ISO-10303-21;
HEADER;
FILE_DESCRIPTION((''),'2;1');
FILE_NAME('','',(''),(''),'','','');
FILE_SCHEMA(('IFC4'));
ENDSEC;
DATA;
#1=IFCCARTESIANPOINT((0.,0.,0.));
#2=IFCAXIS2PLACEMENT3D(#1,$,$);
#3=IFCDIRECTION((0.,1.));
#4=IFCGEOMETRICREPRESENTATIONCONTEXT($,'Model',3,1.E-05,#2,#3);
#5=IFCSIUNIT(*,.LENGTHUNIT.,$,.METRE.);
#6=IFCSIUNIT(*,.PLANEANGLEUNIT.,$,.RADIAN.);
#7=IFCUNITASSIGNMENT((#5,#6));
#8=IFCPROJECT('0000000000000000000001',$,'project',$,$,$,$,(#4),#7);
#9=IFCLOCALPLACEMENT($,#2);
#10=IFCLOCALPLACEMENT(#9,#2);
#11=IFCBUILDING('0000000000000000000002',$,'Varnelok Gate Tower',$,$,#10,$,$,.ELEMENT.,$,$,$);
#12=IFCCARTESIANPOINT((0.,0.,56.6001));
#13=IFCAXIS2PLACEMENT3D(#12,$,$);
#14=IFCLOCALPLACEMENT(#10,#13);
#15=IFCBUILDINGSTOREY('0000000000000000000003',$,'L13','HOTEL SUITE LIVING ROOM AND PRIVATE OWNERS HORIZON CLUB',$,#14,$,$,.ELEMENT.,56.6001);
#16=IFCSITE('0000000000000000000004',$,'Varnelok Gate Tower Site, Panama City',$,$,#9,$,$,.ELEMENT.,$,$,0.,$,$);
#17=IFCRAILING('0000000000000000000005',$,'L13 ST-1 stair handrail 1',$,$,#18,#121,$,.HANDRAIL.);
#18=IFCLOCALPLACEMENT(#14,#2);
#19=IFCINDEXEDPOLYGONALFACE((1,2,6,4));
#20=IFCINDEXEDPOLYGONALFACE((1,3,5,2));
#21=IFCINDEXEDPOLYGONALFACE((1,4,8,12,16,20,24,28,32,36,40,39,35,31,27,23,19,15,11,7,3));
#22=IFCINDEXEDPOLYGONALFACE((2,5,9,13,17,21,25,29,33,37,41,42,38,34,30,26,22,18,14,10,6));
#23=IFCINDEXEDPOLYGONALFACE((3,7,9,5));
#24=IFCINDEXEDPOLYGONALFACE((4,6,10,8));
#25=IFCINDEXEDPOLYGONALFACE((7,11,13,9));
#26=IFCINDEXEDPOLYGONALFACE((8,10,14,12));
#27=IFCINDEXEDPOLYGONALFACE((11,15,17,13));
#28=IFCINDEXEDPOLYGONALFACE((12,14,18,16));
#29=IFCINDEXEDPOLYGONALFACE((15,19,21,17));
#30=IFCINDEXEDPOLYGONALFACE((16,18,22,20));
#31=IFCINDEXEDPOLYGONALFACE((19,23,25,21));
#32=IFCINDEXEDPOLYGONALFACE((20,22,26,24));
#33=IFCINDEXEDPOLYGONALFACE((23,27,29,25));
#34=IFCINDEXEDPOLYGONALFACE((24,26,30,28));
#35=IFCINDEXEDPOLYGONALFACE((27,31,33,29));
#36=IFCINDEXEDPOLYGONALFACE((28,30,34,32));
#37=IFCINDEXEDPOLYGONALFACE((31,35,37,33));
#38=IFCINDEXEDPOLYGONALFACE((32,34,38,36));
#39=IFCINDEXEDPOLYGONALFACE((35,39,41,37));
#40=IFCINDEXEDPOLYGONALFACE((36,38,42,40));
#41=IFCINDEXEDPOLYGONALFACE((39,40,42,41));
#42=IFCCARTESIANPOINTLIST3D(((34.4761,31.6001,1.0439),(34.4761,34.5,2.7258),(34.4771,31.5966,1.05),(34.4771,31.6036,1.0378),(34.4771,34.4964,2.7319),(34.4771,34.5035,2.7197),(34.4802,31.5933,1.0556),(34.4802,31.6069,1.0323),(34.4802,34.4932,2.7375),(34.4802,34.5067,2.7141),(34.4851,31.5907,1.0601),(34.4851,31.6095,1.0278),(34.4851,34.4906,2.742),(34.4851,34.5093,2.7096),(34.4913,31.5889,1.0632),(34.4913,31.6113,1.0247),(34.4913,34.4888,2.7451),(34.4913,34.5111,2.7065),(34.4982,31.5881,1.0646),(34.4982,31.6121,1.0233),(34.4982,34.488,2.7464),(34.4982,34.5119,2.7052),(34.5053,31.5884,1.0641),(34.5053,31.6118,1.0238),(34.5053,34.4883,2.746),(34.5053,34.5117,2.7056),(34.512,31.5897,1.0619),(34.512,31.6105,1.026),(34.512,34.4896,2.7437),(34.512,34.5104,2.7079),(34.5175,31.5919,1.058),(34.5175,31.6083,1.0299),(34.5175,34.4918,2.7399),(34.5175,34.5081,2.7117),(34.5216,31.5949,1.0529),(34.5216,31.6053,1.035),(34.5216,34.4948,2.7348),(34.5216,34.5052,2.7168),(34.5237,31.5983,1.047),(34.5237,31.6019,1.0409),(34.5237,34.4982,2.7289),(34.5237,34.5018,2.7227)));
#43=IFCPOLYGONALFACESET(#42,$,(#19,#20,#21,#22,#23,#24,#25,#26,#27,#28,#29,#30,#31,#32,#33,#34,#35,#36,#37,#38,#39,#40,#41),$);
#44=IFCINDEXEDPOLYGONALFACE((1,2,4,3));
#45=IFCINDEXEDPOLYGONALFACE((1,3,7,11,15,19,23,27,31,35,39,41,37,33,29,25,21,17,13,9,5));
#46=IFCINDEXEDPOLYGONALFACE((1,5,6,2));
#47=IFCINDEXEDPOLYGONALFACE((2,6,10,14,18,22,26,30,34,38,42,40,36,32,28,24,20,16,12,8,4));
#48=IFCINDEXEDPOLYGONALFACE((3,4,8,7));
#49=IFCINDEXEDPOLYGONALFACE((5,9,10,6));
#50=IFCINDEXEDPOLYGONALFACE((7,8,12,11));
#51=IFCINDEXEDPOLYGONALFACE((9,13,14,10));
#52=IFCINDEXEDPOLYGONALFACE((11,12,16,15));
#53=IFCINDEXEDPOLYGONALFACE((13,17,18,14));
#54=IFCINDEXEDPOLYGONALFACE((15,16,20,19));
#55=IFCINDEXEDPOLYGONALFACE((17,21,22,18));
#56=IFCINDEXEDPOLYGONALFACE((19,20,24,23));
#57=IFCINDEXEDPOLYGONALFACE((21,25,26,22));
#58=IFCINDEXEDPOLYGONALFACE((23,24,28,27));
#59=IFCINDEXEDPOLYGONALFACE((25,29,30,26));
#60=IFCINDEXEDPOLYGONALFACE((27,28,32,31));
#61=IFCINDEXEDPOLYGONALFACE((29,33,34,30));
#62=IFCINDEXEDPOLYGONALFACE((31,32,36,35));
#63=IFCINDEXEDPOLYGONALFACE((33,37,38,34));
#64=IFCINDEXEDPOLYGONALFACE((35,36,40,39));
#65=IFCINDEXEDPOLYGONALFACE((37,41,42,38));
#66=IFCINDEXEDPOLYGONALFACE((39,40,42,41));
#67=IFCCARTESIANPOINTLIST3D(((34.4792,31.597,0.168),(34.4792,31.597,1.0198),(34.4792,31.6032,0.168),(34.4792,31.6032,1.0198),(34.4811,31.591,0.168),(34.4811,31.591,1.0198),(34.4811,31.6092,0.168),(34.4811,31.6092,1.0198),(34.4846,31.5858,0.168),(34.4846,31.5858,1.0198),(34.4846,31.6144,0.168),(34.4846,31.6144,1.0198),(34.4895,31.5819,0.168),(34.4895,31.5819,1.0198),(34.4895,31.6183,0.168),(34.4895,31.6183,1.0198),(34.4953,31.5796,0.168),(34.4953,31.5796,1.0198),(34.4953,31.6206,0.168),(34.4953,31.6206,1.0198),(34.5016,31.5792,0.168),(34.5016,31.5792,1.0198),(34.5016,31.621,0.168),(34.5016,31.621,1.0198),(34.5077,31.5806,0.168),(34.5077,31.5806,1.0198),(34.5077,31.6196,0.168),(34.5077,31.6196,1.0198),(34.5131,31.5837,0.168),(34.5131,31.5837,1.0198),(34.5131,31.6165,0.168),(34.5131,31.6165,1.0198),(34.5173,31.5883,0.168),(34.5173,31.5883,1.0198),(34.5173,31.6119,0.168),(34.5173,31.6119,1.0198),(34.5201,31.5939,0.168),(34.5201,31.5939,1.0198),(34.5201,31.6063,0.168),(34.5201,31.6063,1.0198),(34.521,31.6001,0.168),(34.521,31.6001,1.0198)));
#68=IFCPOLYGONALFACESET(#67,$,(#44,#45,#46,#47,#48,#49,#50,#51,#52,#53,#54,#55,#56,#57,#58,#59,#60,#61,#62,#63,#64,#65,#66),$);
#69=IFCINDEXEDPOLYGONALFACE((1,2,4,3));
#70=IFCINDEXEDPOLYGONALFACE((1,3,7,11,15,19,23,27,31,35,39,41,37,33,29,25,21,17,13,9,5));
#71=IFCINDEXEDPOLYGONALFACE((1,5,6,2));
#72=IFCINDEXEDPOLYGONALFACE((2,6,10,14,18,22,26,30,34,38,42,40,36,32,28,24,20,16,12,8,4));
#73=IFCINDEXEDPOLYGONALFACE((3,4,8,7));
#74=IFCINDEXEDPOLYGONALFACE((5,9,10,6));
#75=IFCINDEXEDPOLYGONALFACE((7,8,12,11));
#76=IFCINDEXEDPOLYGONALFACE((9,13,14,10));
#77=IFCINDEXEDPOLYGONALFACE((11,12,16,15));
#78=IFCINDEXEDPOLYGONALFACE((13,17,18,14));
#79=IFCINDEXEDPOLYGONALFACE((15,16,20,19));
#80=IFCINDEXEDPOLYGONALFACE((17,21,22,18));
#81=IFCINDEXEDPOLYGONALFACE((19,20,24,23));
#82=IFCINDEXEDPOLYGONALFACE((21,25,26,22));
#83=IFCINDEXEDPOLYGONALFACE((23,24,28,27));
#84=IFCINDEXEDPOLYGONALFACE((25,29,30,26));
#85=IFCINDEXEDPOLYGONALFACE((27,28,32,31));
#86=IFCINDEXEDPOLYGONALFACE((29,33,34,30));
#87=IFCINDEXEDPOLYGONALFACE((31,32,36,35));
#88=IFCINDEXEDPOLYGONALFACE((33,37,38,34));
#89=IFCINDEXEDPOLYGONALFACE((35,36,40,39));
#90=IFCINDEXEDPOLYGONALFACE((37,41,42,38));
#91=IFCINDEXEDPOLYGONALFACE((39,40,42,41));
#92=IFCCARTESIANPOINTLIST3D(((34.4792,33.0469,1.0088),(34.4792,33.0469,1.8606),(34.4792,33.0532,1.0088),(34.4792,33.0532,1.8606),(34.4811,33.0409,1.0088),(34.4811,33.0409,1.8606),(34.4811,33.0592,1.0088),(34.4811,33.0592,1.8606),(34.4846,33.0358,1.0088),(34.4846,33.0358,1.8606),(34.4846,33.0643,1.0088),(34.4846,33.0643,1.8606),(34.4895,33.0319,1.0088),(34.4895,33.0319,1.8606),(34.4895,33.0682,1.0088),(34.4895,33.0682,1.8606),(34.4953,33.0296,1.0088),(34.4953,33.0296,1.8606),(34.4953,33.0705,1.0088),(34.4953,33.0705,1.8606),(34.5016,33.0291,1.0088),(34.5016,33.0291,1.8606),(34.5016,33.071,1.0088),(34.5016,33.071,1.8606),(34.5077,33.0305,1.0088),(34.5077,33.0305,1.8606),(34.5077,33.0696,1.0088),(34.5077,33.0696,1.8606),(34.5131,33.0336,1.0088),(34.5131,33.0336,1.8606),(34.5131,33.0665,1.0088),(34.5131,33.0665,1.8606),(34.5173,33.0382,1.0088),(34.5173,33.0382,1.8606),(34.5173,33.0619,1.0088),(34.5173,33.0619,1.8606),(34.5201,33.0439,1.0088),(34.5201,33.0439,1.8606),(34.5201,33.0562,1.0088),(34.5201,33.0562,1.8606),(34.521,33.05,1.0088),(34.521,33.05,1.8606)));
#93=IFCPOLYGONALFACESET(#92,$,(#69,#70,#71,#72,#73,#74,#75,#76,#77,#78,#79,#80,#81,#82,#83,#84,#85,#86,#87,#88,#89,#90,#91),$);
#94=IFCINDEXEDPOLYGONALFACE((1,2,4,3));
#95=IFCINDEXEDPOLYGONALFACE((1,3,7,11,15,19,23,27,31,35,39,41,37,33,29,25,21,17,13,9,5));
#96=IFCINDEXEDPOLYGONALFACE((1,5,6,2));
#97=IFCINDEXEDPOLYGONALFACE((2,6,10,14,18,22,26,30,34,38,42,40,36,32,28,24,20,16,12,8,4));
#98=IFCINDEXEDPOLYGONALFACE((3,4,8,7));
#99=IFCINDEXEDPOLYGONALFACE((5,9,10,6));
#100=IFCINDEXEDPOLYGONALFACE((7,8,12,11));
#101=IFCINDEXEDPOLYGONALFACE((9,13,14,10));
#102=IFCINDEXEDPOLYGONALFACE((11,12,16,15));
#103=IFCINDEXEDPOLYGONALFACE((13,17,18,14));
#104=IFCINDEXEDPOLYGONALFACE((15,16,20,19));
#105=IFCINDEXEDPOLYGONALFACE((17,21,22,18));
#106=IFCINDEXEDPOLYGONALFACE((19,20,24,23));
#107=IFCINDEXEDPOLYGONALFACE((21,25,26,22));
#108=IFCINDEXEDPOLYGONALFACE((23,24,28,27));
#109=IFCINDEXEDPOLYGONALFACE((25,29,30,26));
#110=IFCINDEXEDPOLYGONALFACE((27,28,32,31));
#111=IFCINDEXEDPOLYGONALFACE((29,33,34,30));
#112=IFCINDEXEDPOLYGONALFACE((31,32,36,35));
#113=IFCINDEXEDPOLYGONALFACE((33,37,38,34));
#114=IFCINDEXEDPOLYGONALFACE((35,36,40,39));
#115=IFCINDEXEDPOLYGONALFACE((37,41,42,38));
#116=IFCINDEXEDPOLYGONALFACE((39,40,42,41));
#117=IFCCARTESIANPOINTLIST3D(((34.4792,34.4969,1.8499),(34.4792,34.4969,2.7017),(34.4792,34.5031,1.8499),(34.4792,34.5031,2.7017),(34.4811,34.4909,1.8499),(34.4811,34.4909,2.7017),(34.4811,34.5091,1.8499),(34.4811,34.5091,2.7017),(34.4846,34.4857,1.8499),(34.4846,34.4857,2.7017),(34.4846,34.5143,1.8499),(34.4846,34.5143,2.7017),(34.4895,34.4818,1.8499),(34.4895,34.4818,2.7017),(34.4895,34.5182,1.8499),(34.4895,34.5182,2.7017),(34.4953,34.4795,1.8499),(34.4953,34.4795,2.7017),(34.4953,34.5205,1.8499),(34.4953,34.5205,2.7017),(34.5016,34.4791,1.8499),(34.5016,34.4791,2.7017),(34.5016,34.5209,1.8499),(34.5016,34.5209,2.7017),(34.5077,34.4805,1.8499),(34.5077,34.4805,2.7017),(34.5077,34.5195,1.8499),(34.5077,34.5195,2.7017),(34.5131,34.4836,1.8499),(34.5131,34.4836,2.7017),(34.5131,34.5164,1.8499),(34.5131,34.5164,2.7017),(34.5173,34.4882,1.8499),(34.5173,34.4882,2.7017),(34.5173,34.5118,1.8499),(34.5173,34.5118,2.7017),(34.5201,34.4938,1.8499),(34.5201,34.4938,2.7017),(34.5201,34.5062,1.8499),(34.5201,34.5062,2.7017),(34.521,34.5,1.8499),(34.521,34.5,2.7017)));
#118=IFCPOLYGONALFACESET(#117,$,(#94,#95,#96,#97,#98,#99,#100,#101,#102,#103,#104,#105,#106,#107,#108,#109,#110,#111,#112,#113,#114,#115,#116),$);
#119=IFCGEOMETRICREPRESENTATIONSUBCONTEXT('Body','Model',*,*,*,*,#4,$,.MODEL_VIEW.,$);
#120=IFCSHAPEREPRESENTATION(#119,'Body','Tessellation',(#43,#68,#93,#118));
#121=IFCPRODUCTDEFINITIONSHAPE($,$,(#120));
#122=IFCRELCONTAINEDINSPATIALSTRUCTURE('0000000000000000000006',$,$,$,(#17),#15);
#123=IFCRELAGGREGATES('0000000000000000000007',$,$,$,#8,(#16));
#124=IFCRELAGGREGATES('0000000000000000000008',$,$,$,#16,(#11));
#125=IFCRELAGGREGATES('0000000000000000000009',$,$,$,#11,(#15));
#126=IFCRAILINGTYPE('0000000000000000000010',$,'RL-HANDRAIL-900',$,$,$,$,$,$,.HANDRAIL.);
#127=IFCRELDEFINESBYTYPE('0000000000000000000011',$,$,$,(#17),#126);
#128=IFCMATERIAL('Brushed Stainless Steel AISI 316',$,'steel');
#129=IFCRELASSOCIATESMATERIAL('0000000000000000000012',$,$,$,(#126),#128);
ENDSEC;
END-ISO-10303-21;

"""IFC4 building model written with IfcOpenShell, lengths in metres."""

from ifc_helpers import new_model, si_unit, direction, frame, origin, origin_2d, place, context, subcontext, project, spatial, circle, extrude, material, type_object, element, save


model = new_model("IFC4")

# Units and contexts
model_context = context("Model", 3, precision=1e-05, world=origin(), true_north=direction((0.0, 1.0)))
body_context = subcontext(model_context, "Body", "Model", "MODEL_VIEW")
ifc_project = project(units=[si_unit("LENGTHUNIT", "METRE"), si_unit("PLANEANGLEUNIT", "RADIAN")], contexts=[model_context])

# Site, building, storey
site_placement = place(None, origin())
site = spatial("IfcSite", under=ifc_project, at=site_placement, Name="Varnelok Gate Tower Site, Panama City", CompositionType="ELEMENT", RefElevation=0.0)
building_placement = place(site_placement, origin())
building = spatial("IfcBuilding", under=site, at=building_placement, Name="Varnelok Gate Tower", CompositionType="ELEMENT")
storey_placement = place(building_placement, frame((0.0, 0.0, 56.6001)))
storey = spatial("IfcBuildingStorey", under=building, at=storey_placement, Name="L13", Description="HOTEL SUITE LIVING ROOM AND PRIVATE OWNERS HORIZON CLUB", CompositionType="ELEMENT", Elevation=56.6001)

# Railing
ifc_material_1 = material(Name="Brushed Stainless Steel AISI 316", Category="steel")
railing_type_1 = type_object("IfcRailingType", Name="RL-HANDRAIL-900", PredefinedType="HANDRAIL", material=ifc_material_1)
railing_1_placement = place(storey_placement, frame((34.5, 31.6001, 0.168)))
element("IfcRailing", 1, at=railing_1_placement, inside=storey, type_object=railing_type_1, Name="L13 ST-1 stair handrail 1", PredefinedType="HANDRAIL", context=body_context, shape_type="SweptSolid", body=[
    extrude(circle(Radius=0.0239, at=origin_2d()), frame((0.0, 0.0, 0.876), z_axis=(0.0, 0.865039, 0.501705), x_axis=(-1.0, 0.0, 0.0)), (0.0, 0.0, 1.0), 3.3523),
    extrude(circle(Radius=0.021, at=origin_2d()), origin(), (0.0, 0.0, 1.0), 0.8518),
    extrude(circle(Radius=0.021, at=origin_2d()), frame((0.0, 1.45, 0.8408)), (0.0, 0.0, 1.0), 0.8518),
    extrude(circle(Radius=0.021, at=origin_2d()), frame((0.0, 2.8999, 1.6819)), (0.0, 0.0, 1.0), 0.8518),
])

save(model, "model.ifc")
